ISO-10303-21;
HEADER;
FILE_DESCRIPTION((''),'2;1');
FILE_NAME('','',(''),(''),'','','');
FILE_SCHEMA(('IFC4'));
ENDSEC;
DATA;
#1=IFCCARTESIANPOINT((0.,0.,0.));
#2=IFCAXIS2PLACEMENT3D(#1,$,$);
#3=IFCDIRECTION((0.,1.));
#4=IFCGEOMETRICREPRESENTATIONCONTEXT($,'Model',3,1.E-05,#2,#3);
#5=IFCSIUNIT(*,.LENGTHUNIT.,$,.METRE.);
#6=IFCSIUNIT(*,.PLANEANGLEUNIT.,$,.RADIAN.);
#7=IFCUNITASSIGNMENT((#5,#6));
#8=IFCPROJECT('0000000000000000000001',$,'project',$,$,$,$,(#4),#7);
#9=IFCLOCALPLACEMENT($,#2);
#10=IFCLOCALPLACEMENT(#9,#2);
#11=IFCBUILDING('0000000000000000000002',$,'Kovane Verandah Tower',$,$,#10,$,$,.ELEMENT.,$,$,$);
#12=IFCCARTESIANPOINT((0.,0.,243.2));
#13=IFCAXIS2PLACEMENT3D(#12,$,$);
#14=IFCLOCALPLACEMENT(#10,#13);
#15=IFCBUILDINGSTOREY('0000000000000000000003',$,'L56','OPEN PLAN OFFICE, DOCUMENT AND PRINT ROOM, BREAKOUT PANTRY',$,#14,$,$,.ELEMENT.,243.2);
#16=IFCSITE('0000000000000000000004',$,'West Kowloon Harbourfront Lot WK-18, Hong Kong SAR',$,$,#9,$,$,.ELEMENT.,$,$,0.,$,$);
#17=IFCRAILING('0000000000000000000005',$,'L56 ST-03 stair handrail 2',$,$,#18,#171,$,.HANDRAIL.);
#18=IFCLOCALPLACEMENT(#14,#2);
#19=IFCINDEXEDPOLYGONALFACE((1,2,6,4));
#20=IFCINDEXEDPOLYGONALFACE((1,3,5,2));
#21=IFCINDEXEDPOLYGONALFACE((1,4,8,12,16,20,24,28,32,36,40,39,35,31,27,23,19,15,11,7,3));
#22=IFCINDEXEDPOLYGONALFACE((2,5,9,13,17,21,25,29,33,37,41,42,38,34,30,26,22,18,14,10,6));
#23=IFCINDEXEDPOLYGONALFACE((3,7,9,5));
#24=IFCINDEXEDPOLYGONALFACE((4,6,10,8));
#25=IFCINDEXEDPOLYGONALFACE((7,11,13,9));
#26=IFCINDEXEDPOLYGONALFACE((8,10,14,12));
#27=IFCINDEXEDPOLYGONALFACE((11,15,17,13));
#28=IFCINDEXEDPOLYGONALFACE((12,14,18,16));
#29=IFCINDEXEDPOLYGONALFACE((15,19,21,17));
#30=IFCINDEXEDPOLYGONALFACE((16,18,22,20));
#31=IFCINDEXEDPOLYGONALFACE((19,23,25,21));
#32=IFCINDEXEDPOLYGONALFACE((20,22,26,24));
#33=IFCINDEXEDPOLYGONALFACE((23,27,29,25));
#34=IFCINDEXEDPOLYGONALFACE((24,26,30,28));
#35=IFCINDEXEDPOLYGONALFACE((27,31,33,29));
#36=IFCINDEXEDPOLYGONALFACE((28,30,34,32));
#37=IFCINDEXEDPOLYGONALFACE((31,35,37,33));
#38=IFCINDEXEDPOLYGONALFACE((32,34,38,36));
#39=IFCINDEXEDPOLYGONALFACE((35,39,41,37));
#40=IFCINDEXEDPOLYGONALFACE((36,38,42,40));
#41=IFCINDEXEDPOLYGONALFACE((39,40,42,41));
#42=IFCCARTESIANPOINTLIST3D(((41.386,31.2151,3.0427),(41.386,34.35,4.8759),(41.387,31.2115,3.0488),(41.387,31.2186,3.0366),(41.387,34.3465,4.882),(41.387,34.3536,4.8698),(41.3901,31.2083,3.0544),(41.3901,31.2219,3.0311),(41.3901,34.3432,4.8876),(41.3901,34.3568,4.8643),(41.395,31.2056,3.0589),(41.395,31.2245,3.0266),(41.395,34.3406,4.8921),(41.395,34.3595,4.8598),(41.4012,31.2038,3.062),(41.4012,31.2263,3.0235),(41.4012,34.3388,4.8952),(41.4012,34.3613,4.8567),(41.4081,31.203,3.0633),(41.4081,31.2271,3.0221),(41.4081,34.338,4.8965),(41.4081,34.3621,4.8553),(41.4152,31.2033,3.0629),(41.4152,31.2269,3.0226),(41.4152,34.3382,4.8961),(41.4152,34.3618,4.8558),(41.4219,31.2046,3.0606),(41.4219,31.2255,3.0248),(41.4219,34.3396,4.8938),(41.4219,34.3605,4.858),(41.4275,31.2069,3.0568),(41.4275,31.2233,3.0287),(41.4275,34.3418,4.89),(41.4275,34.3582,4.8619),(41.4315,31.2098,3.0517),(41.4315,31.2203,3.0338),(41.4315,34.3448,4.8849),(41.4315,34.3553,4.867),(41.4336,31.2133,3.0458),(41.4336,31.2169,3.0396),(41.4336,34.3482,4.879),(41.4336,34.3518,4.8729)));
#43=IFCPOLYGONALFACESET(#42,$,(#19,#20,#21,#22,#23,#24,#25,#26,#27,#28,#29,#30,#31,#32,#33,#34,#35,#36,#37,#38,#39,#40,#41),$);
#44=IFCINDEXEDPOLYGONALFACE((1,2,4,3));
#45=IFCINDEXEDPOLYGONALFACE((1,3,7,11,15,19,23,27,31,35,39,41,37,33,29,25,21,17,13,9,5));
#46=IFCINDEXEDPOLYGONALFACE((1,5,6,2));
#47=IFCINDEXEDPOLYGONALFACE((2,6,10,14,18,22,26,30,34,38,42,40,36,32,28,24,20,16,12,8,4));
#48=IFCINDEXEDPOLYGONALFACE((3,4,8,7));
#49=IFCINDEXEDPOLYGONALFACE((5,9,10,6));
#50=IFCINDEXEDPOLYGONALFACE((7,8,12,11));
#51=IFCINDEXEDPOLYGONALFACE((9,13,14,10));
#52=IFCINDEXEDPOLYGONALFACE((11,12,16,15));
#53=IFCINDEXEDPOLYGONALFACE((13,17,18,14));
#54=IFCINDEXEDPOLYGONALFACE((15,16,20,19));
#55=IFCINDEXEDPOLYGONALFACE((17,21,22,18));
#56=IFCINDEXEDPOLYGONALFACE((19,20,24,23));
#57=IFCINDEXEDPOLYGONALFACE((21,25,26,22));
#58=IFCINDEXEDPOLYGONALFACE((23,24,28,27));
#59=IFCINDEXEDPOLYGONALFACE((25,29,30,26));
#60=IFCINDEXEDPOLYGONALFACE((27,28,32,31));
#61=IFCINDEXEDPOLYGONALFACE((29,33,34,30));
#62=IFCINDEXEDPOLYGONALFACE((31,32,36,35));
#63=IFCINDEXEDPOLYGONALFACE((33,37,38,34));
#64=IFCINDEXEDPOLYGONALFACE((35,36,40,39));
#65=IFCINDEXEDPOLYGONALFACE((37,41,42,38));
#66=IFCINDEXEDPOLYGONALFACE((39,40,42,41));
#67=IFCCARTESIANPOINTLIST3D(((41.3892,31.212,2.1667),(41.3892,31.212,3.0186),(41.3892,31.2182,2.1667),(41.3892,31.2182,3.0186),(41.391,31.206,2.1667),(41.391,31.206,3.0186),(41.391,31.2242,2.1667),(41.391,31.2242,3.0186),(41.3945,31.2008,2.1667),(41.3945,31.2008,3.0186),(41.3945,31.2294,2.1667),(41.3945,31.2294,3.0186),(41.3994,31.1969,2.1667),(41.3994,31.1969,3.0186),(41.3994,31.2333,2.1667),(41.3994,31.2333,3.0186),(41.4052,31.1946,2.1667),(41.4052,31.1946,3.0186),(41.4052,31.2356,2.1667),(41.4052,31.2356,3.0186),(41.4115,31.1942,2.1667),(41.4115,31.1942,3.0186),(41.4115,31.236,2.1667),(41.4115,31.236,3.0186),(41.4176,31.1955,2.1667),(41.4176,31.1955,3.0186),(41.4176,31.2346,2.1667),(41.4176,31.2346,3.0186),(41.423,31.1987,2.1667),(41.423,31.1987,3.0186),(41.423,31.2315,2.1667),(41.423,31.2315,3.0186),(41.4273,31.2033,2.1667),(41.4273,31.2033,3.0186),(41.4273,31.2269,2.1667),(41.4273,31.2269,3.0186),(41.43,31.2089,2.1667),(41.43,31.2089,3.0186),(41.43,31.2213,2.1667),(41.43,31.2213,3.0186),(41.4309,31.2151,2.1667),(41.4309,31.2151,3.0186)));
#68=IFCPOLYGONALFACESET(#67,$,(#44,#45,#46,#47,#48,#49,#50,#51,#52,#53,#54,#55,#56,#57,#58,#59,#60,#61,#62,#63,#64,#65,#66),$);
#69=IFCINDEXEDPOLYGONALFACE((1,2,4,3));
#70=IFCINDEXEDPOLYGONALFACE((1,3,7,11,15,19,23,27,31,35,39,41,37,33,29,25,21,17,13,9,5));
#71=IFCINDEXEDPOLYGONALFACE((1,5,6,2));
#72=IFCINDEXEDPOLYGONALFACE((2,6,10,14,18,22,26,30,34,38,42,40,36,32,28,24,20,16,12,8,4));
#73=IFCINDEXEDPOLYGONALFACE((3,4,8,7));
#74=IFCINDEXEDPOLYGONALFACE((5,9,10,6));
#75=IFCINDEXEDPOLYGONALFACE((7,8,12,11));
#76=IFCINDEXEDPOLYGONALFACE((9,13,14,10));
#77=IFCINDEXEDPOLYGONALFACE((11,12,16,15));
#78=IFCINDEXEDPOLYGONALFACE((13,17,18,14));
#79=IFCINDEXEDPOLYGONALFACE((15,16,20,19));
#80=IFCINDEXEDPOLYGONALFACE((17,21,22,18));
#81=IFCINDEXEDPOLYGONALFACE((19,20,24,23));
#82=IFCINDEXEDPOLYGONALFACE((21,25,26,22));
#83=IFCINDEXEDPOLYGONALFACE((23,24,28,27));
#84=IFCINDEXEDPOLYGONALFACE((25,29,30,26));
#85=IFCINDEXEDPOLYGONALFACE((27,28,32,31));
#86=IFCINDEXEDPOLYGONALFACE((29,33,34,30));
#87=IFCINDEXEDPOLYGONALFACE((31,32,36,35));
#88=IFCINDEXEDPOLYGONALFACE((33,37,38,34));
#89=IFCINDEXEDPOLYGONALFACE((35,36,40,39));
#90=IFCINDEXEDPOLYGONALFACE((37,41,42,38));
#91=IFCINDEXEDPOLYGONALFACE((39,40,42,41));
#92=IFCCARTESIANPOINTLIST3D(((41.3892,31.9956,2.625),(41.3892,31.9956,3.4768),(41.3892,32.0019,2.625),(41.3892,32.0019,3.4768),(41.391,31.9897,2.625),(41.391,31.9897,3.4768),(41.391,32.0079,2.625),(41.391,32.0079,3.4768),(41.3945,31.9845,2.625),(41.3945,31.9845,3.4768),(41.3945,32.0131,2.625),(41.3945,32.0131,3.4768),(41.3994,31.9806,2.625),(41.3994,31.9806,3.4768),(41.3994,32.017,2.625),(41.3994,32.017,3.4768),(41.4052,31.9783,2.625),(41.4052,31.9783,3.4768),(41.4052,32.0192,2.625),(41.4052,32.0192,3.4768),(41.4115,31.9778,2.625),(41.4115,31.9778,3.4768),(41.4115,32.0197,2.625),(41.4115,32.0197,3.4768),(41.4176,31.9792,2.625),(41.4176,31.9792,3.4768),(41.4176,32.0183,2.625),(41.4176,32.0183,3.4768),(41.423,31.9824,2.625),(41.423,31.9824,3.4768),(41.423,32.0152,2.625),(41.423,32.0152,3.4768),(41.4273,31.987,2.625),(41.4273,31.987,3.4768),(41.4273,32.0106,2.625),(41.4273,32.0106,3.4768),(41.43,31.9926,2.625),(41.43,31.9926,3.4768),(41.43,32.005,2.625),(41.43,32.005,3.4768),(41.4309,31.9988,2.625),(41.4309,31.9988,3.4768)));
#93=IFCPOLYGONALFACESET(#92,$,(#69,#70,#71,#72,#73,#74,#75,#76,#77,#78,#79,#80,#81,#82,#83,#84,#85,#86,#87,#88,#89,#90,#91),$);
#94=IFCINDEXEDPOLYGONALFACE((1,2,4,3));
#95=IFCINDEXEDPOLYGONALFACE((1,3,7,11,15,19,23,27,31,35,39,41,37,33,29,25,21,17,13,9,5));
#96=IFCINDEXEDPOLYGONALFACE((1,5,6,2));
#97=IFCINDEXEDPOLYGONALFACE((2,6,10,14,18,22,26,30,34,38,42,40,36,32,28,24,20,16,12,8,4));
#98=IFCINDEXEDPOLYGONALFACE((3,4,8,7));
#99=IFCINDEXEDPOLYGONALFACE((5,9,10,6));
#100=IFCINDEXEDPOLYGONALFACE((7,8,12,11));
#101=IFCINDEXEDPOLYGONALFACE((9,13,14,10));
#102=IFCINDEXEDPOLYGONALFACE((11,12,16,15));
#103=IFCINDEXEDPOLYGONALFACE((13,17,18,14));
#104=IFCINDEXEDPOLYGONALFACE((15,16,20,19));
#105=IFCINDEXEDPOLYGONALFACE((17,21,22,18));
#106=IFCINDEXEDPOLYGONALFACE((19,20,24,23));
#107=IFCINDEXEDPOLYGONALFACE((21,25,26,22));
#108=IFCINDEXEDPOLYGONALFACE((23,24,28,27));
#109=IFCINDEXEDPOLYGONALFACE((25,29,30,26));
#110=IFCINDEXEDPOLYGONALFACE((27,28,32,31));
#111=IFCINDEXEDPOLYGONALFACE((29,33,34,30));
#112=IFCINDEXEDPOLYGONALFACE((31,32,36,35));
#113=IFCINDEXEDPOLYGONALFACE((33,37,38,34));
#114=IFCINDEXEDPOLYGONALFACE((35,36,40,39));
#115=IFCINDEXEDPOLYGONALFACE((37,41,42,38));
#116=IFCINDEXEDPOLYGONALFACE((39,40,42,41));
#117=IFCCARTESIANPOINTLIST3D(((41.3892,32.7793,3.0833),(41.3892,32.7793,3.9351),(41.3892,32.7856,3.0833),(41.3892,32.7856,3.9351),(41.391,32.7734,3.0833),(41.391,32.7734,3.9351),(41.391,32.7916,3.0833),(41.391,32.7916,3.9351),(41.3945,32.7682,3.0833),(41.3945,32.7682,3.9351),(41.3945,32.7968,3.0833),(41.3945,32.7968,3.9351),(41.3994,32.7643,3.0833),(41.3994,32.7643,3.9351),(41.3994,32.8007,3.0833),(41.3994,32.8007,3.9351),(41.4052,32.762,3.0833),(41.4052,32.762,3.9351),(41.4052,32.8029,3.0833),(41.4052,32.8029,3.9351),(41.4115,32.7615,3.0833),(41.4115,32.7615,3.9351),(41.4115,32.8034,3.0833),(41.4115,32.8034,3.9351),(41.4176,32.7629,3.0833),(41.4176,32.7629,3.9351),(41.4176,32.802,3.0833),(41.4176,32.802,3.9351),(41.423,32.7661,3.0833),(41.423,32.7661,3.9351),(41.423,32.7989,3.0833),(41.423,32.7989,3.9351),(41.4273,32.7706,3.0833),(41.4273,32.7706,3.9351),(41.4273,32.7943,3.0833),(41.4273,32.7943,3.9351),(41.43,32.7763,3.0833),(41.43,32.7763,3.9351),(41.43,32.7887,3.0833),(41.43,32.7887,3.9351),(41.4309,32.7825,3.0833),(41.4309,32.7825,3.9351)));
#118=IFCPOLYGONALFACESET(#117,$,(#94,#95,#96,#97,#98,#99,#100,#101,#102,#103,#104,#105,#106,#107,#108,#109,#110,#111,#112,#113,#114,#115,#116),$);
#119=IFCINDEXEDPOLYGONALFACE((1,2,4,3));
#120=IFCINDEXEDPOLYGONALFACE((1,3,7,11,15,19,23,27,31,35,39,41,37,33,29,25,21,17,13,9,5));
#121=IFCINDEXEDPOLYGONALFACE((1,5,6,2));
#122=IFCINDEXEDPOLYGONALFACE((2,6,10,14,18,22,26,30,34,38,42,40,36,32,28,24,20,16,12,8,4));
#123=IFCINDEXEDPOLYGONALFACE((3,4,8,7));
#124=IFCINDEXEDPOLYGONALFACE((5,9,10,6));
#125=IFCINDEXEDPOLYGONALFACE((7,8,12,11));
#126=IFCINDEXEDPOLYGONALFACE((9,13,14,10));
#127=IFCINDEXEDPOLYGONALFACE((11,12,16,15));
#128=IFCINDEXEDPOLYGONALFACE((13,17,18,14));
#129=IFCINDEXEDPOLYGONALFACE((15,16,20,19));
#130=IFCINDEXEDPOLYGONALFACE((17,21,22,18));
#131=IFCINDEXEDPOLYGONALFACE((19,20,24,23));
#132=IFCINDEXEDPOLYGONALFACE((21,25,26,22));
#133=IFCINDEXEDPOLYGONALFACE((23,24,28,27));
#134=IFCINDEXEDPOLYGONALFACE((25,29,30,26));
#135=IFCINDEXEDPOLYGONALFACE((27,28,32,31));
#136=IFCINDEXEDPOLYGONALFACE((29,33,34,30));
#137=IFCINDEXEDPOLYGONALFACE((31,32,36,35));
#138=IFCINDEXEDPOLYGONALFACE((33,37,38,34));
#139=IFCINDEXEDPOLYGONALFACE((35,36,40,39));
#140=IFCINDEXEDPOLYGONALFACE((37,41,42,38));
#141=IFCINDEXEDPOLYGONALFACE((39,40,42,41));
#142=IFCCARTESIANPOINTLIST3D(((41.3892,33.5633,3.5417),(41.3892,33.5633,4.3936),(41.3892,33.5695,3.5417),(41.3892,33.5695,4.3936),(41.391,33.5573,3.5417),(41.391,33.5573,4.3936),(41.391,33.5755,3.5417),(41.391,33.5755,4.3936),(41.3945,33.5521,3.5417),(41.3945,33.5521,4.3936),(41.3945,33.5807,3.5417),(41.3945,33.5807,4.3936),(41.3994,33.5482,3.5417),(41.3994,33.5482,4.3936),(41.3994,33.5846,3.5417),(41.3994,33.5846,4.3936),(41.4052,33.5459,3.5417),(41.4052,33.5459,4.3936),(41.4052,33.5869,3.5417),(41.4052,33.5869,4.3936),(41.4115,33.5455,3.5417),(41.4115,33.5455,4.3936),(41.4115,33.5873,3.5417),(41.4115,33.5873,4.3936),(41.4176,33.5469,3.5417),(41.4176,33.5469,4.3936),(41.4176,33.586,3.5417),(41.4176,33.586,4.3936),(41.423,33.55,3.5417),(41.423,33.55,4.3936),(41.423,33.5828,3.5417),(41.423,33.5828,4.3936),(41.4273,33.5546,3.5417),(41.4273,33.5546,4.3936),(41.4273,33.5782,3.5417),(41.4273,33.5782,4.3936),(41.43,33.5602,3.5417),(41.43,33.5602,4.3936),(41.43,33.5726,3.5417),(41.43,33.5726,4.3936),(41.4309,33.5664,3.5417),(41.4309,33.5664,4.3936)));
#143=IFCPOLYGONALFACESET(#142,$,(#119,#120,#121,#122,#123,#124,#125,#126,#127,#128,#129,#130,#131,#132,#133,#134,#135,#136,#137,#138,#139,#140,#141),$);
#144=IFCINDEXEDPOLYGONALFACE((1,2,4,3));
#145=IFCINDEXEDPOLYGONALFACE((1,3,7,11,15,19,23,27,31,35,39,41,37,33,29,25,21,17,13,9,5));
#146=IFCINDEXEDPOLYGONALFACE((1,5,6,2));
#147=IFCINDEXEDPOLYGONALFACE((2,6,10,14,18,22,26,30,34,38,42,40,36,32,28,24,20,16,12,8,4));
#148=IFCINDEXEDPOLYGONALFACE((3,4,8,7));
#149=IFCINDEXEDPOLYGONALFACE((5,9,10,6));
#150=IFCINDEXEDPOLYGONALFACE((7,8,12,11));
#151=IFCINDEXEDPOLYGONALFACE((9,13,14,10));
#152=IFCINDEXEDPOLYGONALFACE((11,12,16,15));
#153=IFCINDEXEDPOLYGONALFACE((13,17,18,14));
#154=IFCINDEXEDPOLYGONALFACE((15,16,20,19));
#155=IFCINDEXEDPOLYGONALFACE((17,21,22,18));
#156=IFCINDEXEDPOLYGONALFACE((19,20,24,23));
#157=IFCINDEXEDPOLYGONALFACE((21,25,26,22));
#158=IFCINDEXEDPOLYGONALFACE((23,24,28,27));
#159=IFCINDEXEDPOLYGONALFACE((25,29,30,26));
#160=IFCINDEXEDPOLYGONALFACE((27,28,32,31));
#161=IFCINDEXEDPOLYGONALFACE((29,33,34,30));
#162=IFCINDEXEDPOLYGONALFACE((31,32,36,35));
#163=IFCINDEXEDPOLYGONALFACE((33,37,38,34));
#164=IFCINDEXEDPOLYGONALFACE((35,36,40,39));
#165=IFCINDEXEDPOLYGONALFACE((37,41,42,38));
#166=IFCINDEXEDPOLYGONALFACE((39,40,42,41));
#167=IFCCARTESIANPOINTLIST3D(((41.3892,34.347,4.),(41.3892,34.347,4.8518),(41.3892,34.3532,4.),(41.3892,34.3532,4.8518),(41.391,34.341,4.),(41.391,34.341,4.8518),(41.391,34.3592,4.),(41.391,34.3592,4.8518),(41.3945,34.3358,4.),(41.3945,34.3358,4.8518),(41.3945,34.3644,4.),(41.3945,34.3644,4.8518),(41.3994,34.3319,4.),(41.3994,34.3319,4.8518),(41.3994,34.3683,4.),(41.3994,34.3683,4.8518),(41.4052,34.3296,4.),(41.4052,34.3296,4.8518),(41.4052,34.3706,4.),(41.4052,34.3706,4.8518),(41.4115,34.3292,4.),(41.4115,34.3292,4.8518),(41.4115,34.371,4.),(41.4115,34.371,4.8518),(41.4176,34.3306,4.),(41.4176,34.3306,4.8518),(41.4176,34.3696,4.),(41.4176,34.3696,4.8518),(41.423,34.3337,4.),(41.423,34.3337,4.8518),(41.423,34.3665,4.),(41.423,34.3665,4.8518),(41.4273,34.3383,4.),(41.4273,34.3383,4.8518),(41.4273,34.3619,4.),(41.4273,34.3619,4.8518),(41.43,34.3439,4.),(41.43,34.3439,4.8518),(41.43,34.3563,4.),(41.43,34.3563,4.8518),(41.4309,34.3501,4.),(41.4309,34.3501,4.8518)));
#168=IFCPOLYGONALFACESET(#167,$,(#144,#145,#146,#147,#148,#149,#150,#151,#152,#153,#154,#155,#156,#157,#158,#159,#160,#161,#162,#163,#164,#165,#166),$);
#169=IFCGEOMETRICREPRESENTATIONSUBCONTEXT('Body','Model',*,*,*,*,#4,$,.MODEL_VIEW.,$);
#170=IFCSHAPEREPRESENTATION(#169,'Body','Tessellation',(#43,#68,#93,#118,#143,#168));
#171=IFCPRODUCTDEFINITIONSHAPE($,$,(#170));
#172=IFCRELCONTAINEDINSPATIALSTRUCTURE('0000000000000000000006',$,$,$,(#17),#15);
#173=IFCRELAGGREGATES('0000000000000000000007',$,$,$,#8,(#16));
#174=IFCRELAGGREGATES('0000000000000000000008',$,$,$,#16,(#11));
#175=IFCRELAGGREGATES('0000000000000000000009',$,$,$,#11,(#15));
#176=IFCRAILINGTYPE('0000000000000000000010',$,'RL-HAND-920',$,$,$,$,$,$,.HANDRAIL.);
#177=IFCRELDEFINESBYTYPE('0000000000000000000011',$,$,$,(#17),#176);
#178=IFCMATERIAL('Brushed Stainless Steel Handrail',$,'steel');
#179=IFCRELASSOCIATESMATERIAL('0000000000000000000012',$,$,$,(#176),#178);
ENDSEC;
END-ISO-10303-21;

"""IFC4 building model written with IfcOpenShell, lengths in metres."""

from ifc_helpers import new_model, si_unit, direction, frame, origin, origin_2d, place, context, subcontext, project, spatial, circle, extrude, material, type_object, element, save


model = new_model("IFC4")

# Units and contexts
model_context = context("Model", 3, precision=1e-05, world=origin(), true_north=direction((0.0, 1.0)))
body_context = subcontext(model_context, "Body", "Model", "MODEL_VIEW")
ifc_project = project(units=[si_unit("LENGTHUNIT", "METRE"), si_unit("PLANEANGLEUNIT", "RADIAN")], contexts=[model_context])

# Site, building, storey
site_placement = place(None, origin())
site = spatial("IfcSite", under=ifc_project, at=site_placement, Name="West Kowloon Harbourfront Lot WK-18, Hong Kong SAR", CompositionType="ELEMENT", RefElevation=0.0)
building_placement = place(site_placement, origin())
building = spatial("IfcBuilding", under=site, at=building_placement, Name="Kovane Verandah Tower", CompositionType="ELEMENT")
storey_placement = place(building_placement, frame((0.0, 0.0, 243.2)))
storey = spatial("IfcBuildingStorey", under=building, at=storey_placement, Name="L56", Description="OPEN PLAN OFFICE, DOCUMENT AND PRINT ROOM, BREAKOUT PANTRY", CompositionType="ELEMENT", Elevation=243.2)

# Railing
ifc_material_1 = material(Name="Brushed Stainless Steel Handrail", Category="steel")
railing_type_1 = type_object("IfcRailingType", Name="RL-HAND-920", PredefinedType="HANDRAIL", material=ifc_material_1)
railing_1_placement = place(storey_placement, frame((41.4099, 31.2151, 2.1667)))
element("IfcRailing", 1, at=railing_1_placement, inside=storey, type_object=railing_type_1, Name="L56 ST-03 stair handrail 2", PredefinedType="HANDRAIL", context=body_context, shape_type="SweptSolid", body=[
    extrude(circle(Radius=0.0239, at=origin_2d()), frame((0.0, 0.0, 0.876), z_axis=(0.0, 0.86324, 0.504794), x_axis=(-1.0, 0.0, 0.0)), (0.0, 0.0, 1.0), 3.6316),
    extrude(circle(Radius=0.021, at=origin_2d()), origin(), (0.0, 0.0, 1.0), 0.8518),
    extrude(circle(Radius=0.021, at=origin_2d()), frame((0.0, 0.7837, 0.4583)), (0.0, 0.0, 1.0), 0.8518),
    extrude(circle(Radius=0.021, at=origin_2d()), frame((0.0, 1.5674, 0.9165)), (0.0, 0.0, 1.0), 0.8518),
    extrude(circle(Radius=0.021, at=origin_2d()), frame((0.0, 2.3513, 1.375)), (0.0, 0.0, 1.0), 0.8518),
    extrude(circle(Radius=0.021, at=origin_2d()), frame((0.0, 3.135, 1.8333)), (0.0, 0.0, 1.0), 0.8518),
])

save(model, "model.ifc")
